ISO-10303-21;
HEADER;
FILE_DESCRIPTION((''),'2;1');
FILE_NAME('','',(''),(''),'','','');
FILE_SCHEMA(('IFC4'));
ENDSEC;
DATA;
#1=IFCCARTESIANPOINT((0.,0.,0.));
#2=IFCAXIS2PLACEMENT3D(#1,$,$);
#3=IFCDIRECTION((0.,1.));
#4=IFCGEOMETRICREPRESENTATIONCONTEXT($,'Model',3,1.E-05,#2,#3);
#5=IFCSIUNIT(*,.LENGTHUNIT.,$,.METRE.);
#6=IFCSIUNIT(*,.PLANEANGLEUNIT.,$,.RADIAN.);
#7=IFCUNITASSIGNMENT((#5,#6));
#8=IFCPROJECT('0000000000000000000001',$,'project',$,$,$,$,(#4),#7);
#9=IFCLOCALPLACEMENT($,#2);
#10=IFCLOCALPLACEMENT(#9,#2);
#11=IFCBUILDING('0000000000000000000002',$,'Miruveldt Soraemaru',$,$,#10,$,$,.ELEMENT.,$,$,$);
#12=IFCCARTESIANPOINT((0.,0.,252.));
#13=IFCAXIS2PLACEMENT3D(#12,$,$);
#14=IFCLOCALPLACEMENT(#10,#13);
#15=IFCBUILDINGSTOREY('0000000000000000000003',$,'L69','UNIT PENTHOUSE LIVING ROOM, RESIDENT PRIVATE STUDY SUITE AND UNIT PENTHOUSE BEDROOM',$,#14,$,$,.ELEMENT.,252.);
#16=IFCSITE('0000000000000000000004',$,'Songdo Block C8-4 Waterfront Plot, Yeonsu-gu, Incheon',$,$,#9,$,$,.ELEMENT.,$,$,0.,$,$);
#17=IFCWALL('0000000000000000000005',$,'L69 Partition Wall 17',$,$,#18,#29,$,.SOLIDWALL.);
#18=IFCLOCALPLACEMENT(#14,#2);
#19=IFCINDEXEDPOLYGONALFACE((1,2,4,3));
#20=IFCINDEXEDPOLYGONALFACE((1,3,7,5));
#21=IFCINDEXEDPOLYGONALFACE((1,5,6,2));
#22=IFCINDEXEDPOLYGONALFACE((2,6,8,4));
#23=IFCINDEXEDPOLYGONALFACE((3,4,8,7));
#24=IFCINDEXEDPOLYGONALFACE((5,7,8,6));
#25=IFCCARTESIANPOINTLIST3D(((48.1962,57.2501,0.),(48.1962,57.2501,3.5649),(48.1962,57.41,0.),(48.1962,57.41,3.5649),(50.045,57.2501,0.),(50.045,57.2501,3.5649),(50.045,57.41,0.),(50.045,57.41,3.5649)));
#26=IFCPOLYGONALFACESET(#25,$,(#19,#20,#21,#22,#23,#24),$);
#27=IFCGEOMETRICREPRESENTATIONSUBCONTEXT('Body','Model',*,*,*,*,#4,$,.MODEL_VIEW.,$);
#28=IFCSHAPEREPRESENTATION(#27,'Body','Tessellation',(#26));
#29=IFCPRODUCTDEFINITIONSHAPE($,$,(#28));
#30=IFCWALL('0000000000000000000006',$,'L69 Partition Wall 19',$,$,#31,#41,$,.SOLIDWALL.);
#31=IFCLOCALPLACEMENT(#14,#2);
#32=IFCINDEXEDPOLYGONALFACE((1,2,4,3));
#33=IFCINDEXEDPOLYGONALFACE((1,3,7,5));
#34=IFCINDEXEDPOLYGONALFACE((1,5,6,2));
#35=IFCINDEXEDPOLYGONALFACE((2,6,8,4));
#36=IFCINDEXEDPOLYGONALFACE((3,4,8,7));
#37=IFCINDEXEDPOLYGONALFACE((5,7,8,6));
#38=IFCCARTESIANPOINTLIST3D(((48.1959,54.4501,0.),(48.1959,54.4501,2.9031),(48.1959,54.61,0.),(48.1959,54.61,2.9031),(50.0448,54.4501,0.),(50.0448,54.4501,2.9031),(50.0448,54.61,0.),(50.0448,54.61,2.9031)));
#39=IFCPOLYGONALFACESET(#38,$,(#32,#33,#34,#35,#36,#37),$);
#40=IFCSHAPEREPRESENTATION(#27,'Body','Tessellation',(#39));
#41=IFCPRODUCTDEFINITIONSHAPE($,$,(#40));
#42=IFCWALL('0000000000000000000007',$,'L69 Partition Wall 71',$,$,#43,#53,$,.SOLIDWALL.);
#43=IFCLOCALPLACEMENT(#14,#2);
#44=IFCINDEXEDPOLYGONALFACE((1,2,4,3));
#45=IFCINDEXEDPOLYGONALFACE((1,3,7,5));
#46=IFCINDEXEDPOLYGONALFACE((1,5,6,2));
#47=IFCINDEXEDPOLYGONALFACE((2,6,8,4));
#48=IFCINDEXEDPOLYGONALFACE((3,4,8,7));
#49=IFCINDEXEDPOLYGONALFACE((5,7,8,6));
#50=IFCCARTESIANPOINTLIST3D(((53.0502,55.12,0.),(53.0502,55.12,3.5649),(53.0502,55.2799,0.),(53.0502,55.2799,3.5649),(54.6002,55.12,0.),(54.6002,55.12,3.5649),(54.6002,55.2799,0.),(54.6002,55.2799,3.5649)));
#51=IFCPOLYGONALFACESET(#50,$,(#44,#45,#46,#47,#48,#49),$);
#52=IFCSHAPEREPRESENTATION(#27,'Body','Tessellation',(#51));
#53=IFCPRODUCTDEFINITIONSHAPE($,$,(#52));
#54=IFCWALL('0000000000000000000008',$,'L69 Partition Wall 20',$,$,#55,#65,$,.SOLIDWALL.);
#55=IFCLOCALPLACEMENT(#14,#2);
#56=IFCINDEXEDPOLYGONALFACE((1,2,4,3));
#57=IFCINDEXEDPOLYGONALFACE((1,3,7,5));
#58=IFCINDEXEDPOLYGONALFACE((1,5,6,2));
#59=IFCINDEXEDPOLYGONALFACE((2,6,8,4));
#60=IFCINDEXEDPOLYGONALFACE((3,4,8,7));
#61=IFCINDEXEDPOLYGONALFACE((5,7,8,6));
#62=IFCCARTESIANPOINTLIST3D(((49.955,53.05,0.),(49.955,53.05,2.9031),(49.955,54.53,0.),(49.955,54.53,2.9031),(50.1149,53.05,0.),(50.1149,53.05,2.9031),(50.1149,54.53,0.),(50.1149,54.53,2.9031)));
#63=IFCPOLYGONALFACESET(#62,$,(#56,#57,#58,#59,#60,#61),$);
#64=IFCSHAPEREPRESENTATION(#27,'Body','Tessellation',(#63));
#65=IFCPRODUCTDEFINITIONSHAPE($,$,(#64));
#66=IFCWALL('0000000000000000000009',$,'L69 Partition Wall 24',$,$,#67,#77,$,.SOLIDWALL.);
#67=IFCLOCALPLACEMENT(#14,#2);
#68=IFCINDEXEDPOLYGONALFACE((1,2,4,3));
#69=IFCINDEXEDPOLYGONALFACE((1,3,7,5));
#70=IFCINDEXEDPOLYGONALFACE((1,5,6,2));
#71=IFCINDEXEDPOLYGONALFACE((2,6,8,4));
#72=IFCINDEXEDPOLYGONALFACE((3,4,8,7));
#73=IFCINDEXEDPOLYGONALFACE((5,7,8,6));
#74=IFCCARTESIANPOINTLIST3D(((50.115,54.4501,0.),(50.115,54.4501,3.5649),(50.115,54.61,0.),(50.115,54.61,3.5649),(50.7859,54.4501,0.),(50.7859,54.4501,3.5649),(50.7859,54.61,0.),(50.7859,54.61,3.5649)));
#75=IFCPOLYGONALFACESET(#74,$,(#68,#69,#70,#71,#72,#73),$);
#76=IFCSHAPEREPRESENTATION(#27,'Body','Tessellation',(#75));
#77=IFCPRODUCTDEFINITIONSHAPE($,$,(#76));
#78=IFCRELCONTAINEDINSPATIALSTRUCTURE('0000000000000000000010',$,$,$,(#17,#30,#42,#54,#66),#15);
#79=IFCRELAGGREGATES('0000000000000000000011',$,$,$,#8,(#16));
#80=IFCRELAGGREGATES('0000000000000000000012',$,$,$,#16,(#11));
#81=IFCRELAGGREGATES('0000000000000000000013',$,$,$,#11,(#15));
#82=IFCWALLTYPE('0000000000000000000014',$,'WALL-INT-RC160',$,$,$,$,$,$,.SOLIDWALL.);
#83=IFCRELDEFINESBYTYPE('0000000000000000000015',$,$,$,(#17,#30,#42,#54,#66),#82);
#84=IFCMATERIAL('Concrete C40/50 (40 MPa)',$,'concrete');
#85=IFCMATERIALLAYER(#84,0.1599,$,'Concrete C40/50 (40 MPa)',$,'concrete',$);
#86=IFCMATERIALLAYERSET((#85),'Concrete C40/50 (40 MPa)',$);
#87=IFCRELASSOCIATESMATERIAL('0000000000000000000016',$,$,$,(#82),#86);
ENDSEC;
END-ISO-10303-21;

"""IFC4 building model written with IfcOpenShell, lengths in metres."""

from ifc_helpers import new_model, si_unit, direction, frame, frame_2d, origin, place, context, subcontext, project, spatial, rectangle, extrude, material, layer, layer_set, type_object, element, save


model = new_model("IFC4")

# Units and contexts
model_context = context("Model", 3, precision=1e-05, world=origin(), true_north=direction((0.0, 1.0)))
body_context = subcontext(model_context, "Body", "Model", "MODEL_VIEW")
ifc_project = project(units=[si_unit("LENGTHUNIT", "METRE"), si_unit("PLANEANGLEUNIT", "RADIAN")], contexts=[model_context])

# Site, building, storey
site_placement = place(None, origin())
site = spatial("IfcSite", under=ifc_project, at=site_placement, Name="Songdo Block C8-4 Waterfront Plot, Yeonsu-gu, Incheon", CompositionType="ELEMENT", RefElevation=0.0)
building_placement = place(site_placement, origin())
building = spatial("IfcBuilding", under=site, at=building_placement, Name="Miruveldt Soraemaru", CompositionType="ELEMENT")
storey_placement = place(building_placement, frame((0.0, 0.0, 252.0)))
storey = spatial("IfcBuildingStorey", under=building, at=storey_placement, Name="L69", Description="UNIT PENTHOUSE LIVING ROOM, RESIDENT PRIVATE STUDY SUITE AND UNIT PENTHOUSE BEDROOM", CompositionType="ELEMENT", Elevation=252.0)

# Shared definitions
ifc_material_1 = material(Name="Concrete C40/50 (40 MPa)", Category="concrete")
ifc_layer_1 = layer(ifc_material_1, 0.1599, Name="Concrete C40/50 (40 MPa)", Category="concrete")
ifc_layer_set_1 = layer_set([ifc_layer_1], Name="Concrete C40/50 (40 MPa)")
wall_type_1 = type_object("IfcWallType", Name="WALL-INT-RC160", PredefinedType="SOLIDWALL", material=ifc_layer_set_1)

# Walls
wall_1_placement = place(storey_placement, frame((50.0449, 57.3301, 0.0), z_axis=(0.0, 0.0, 1.0), x_axis=(-1.0, 0.0, 0.0)))
element("IfcWall", 1, at=wall_1_placement, inside=storey, type_object=wall_type_1, Name="L69 Partition Wall 17", PredefinedType="SOLIDWALL", context=body_context, shape_type="SweptSolid", body=[
    extrude(rectangle(XDim=1.8489, YDim=0.1599, at=frame_2d((0.9243, 0.0))), origin(), (0.0, 0.0, 1.0), 3.5649),
])
wall_2_placement = place(storey_placement, frame((48.196, 54.53, 0.0), z_axis=(0.0, 0.0, 1.0), x_axis=(1.0, 0.0, 0.0)))
element("IfcWall", 2, at=wall_2_placement, inside=storey, type_object=wall_type_1, Name="L69 Partition Wall 19", PredefinedType="SOLIDWALL", context=body_context, shape_type="SweptSolid", body=[
    extrude(rectangle(XDim=1.8489, YDim=0.1599, at=frame_2d((0.9243, 0.0))), origin(), (0.0, 0.0, 1.0), 2.9031),
])
wall_3_placement = place(storey_placement, frame((54.6001, 55.2, 0.0), z_axis=(0.0, 0.0, 1.0), x_axis=(-1.0, 0.0, 0.0)))
element("IfcWall", 3, at=wall_3_placement, inside=storey, type_object=wall_type_1, Name="L69 Partition Wall 71", PredefinedType="SOLIDWALL", context=body_context, shape_type="SweptSolid", body=[
    extrude(rectangle(XDim=1.55, YDim=0.1599, at=frame_2d((0.7749, 0.0))), origin(), (0.0, 0.0, 1.0), 3.5649),
])
wall_4_placement = place(storey_placement, frame((50.0349, 53.05, 0.0), z_axis=(0.0, 0.0, 1.0), x_axis=(0.0, 1.0, 0.0)))
element("IfcWall", 4, at=wall_4_placement, inside=storey, type_object=wall_type_1, Name="L69 Partition Wall 20", PredefinedType="SOLIDWALL", context=body_context, shape_type="SweptSolid", body=[
    extrude(rectangle(XDim=1.48, YDim=0.1599, at=frame_2d((0.74, 0.0))), origin(), (0.0, 0.0, 1.0), 2.9031),
])
wall_5_placement = place(storey_placement, frame((50.115, 54.53, 0.0), z_axis=(0.0, 0.0, 1.0), x_axis=(1.0, 0.0, 0.0)))
element("IfcWall", 5, at=wall_5_placement, inside=storey, type_object=wall_type_1, Name="L69 Partition Wall 24", PredefinedType="SOLIDWALL", context=body_context, shape_type="SweptSolid", body=[
    extrude(rectangle(XDim=0.6709, YDim=0.1599, at=frame_2d((0.3354, 0.0))), origin(), (0.0, 0.0, 1.0), 3.5649),
])

save(model, "model.ifc")
